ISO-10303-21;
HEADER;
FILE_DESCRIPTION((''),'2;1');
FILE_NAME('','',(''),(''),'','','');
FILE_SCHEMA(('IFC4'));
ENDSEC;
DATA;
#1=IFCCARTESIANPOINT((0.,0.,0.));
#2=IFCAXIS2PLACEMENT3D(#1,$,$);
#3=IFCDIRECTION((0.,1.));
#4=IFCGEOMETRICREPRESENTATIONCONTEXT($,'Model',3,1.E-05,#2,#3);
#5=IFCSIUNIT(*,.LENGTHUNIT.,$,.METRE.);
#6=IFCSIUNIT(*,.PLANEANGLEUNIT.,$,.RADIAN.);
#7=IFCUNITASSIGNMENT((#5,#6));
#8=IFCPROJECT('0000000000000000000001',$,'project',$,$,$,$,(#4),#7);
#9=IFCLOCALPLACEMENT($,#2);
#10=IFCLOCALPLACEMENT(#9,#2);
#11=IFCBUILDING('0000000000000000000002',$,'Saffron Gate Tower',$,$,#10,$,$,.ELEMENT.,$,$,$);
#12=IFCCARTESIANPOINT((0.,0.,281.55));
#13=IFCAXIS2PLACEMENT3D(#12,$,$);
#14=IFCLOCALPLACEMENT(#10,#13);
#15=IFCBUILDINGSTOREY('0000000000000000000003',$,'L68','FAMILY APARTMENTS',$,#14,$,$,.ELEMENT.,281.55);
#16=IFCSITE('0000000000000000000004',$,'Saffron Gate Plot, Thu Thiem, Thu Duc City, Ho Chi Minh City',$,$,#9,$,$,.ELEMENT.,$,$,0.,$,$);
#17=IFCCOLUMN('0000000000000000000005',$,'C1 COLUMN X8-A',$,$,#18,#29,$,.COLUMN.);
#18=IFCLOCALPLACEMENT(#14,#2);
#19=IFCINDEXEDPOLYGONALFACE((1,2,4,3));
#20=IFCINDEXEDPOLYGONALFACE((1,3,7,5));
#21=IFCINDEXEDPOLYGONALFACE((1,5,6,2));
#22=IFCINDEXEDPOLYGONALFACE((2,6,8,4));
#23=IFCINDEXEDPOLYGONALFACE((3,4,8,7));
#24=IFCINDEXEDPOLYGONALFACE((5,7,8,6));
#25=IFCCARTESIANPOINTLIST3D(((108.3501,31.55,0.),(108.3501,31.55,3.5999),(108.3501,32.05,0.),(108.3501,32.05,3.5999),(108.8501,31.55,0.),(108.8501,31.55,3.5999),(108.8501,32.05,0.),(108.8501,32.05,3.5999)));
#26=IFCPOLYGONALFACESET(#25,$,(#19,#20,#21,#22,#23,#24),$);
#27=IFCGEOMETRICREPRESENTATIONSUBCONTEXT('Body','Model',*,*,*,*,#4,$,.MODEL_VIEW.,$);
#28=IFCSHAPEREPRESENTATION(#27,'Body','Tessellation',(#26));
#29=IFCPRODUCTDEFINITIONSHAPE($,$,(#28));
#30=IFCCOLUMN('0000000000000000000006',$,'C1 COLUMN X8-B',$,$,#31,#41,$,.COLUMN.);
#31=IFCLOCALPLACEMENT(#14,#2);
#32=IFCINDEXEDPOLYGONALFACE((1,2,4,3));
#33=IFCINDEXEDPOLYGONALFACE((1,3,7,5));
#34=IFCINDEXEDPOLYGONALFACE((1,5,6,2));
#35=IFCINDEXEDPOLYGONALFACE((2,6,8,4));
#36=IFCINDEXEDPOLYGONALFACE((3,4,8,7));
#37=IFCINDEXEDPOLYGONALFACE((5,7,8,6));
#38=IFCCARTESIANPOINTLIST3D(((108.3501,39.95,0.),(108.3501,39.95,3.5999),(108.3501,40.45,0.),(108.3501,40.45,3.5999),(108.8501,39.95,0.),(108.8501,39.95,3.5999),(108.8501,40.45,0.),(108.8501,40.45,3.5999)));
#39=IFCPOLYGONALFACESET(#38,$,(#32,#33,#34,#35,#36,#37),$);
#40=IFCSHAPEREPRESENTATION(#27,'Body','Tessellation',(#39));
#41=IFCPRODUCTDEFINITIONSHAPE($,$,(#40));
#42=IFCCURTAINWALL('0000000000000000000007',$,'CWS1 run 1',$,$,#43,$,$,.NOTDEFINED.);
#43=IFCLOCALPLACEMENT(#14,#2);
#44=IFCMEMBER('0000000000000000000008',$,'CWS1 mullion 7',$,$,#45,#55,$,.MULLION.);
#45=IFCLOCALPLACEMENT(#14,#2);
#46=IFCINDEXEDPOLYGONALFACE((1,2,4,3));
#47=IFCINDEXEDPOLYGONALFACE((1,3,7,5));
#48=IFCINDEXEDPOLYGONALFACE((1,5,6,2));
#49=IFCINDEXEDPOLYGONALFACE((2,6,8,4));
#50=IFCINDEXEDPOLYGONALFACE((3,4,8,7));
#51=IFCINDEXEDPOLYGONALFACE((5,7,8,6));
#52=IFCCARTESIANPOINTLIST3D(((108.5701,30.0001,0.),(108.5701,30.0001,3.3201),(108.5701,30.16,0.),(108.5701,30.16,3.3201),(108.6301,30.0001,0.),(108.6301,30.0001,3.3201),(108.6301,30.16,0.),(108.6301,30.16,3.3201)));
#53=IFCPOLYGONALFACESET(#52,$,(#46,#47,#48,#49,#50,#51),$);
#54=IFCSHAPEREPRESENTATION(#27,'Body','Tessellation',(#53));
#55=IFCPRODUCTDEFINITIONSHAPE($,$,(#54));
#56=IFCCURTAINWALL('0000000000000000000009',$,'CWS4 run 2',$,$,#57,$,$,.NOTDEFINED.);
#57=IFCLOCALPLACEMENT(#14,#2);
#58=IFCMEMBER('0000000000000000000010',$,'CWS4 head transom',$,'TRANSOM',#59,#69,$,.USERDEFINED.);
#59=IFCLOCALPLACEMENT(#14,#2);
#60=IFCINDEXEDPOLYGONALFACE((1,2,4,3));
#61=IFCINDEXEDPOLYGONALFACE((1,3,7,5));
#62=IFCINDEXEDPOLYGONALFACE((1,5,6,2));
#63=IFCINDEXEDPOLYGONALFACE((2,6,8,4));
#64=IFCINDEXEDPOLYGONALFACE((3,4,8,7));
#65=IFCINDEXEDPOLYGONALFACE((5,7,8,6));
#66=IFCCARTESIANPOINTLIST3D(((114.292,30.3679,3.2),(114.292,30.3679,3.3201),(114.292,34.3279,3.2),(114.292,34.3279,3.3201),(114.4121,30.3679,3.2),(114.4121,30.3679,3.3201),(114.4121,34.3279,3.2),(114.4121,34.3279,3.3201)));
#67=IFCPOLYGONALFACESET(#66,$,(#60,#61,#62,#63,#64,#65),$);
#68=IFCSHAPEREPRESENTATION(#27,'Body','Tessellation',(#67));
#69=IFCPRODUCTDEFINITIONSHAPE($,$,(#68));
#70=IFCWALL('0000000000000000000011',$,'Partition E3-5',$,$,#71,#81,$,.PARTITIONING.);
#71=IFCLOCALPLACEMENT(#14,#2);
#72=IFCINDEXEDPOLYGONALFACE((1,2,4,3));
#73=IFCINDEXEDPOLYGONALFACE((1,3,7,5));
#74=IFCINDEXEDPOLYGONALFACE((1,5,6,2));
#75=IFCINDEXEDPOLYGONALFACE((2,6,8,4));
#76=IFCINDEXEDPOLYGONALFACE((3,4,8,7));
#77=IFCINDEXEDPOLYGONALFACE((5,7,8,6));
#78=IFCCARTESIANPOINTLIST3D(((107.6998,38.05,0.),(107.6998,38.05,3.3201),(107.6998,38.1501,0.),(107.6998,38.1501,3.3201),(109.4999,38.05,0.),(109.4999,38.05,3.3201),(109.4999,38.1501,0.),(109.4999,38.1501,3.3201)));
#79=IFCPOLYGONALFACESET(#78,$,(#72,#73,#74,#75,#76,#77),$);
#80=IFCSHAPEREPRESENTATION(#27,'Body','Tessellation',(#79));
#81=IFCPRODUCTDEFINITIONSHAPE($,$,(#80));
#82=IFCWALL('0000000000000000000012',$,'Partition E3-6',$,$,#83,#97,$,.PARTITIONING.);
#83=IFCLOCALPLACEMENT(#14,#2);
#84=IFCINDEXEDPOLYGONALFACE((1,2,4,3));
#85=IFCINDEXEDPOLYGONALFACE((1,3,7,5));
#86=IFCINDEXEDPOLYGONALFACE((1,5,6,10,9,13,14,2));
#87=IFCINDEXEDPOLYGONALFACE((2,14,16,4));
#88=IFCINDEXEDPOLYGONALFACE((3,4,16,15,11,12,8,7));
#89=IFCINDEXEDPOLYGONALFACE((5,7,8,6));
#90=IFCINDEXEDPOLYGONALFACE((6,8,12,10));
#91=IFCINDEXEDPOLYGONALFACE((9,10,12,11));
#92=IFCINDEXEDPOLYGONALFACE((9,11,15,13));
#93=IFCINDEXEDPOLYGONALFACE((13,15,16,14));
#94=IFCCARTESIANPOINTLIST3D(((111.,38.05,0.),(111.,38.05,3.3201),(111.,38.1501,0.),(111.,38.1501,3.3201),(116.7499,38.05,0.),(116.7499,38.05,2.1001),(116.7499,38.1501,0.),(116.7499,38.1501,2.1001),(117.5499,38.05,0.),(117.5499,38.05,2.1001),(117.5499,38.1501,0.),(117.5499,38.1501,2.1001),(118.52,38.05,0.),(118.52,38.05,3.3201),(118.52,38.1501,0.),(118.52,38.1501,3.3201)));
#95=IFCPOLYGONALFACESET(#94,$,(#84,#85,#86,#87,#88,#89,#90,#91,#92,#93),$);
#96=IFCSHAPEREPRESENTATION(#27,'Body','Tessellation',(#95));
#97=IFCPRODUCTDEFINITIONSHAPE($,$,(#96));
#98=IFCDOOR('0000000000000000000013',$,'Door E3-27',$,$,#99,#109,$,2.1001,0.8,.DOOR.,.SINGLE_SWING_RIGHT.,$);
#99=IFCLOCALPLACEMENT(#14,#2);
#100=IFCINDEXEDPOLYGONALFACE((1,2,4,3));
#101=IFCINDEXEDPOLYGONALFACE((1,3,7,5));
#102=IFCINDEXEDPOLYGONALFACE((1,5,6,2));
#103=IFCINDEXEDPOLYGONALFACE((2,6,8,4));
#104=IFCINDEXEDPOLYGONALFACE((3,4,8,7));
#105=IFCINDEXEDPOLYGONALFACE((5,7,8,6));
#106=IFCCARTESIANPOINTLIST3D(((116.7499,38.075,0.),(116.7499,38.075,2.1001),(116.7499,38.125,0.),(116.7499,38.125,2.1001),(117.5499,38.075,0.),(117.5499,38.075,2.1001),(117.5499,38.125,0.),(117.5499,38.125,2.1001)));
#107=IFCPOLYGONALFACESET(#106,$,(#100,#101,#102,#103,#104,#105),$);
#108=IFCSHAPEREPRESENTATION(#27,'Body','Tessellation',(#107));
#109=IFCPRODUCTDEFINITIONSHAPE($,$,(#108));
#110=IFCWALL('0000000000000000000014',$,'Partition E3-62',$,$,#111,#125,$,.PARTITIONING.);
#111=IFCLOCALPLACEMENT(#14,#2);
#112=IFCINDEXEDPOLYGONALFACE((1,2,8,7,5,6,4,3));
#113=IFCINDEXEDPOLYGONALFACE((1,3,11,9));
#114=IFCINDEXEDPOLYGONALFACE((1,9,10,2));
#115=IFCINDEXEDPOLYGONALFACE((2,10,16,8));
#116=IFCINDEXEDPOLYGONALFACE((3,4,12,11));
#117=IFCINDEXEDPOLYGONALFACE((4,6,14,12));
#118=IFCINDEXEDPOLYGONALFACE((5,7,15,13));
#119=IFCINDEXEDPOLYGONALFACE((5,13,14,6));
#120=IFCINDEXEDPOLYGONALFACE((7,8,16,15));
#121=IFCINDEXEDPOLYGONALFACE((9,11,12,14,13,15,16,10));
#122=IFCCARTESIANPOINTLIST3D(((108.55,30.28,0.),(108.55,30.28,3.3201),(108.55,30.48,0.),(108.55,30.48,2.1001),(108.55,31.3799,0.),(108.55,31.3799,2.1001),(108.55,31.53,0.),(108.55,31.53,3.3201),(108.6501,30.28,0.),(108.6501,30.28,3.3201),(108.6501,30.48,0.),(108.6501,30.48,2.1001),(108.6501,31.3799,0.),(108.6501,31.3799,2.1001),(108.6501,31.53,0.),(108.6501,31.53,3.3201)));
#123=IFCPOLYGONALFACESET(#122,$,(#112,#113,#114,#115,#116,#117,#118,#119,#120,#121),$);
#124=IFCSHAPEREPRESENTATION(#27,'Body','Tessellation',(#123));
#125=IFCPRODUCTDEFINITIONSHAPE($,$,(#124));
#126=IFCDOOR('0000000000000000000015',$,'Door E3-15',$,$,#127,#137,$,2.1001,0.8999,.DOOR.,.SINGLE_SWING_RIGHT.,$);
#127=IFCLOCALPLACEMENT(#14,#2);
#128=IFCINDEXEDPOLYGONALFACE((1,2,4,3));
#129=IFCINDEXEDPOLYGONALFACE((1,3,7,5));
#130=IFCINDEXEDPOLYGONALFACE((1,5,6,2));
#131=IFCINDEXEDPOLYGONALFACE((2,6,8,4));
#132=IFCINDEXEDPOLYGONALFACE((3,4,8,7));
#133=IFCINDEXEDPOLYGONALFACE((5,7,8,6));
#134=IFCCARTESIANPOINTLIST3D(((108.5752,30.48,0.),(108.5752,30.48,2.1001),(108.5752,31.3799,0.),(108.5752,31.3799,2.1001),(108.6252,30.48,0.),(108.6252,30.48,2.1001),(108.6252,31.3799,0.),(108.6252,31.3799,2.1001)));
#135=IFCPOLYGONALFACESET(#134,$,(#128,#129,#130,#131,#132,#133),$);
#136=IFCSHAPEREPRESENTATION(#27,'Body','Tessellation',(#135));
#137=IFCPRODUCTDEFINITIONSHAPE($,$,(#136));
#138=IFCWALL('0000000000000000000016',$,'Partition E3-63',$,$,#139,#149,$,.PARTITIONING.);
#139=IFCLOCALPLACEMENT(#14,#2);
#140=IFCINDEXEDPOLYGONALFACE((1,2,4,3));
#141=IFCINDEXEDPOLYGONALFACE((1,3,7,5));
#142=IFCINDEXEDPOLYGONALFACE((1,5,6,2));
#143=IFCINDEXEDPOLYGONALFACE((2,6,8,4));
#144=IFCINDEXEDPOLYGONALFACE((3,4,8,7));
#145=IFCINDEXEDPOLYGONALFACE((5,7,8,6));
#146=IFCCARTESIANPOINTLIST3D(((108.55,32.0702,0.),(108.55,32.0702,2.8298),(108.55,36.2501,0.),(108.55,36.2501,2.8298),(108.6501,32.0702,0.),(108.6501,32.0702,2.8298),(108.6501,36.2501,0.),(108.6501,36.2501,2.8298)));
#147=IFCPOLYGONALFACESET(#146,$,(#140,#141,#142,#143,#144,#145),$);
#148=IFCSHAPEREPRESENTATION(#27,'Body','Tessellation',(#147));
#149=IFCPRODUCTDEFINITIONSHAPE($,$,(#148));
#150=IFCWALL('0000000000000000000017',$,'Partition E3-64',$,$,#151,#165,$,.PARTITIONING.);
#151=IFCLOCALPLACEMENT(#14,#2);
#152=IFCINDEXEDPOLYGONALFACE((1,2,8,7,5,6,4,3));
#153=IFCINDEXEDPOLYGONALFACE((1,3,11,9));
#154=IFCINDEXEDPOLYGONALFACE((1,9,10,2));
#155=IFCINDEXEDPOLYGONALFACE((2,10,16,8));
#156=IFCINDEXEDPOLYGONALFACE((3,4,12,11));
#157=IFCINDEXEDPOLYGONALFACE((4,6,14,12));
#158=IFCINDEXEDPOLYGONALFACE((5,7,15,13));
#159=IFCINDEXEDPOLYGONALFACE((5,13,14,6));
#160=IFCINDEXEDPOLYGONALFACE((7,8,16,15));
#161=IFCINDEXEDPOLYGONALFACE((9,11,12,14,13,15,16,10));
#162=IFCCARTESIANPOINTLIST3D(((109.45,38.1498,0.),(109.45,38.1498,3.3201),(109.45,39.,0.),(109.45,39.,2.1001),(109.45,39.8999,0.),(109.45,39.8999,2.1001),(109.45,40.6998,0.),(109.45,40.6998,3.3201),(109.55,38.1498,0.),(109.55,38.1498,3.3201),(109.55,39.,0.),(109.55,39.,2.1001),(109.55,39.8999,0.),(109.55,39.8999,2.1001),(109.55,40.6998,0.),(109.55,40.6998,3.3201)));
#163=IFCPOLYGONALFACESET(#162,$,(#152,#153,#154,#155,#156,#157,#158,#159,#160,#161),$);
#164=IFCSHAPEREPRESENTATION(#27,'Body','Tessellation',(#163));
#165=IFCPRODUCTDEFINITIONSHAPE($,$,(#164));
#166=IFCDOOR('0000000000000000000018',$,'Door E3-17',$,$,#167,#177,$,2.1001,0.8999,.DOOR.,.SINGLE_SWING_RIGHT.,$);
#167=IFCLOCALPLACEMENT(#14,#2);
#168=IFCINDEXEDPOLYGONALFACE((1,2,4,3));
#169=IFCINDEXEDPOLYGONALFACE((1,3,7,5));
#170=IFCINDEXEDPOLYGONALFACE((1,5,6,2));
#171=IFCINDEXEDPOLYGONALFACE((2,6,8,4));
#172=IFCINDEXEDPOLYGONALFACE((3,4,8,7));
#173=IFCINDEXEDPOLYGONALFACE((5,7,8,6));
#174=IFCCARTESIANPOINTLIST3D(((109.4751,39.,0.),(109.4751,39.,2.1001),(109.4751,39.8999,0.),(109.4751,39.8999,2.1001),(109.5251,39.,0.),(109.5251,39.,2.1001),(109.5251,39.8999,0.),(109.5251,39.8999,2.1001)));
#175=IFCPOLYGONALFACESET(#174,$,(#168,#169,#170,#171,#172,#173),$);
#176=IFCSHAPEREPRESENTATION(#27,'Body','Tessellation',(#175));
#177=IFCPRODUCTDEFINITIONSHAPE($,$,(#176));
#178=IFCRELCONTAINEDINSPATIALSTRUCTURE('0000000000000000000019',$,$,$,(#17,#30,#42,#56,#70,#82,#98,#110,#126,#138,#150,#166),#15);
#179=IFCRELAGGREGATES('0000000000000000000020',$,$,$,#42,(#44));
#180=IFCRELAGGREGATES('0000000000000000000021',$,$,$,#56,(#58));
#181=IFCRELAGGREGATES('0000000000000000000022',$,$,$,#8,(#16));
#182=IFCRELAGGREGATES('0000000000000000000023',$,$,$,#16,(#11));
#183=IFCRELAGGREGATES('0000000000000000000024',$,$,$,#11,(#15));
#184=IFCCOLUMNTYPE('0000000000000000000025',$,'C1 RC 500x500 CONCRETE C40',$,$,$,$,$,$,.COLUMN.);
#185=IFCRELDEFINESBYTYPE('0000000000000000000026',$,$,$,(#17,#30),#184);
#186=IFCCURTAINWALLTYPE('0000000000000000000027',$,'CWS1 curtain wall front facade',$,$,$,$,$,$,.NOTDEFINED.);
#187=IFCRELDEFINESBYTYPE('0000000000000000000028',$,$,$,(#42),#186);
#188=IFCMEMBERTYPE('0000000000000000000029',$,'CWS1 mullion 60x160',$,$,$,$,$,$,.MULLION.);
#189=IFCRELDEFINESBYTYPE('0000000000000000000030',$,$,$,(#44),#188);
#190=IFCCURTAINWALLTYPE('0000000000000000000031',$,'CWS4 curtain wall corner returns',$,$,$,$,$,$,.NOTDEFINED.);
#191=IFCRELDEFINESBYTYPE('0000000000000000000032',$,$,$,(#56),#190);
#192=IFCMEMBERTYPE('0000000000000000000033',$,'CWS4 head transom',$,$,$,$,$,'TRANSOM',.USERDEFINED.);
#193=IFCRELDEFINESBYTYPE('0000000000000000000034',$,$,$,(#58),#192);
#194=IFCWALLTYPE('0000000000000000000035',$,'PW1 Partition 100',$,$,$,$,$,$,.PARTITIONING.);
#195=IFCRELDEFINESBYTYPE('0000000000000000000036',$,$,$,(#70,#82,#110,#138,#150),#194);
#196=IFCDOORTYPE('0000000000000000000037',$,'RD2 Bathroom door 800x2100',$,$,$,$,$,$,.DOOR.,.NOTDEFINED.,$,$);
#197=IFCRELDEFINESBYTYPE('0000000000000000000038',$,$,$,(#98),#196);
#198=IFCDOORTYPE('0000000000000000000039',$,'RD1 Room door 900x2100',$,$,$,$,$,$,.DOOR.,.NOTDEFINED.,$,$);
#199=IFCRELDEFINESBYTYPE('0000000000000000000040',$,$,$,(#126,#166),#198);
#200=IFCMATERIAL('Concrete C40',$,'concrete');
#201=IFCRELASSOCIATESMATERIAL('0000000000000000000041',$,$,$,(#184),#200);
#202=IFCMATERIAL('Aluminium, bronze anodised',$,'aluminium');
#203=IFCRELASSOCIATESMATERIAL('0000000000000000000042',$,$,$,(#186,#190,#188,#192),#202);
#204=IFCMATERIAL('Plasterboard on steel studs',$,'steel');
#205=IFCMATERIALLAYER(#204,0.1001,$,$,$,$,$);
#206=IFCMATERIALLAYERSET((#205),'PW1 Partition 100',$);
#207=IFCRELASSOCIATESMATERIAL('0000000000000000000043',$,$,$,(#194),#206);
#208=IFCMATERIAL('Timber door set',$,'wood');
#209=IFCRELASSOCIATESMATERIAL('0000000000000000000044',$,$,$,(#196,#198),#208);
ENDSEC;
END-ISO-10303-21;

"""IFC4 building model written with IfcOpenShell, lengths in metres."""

from ifc_helpers import new_model, si_unit, direction, frame, frame_2d, origin, origin_2d, place, context, subcontext, project, spatial, rectangle, extrude, material, layer, layer_set, material_profile, profile_set, type_object, element, fill, aggregate, save


model = new_model("IFC4")

# Units and contexts
model_context = context("Model", 3, precision=1e-05, world=origin(), true_north=direction((0.0, 1.0)))
body_context = subcontext(model_context, "Body", "Model", "MODEL_VIEW")
ifc_project = project(units=[si_unit("LENGTHUNIT", "METRE"), si_unit("PLANEANGLEUNIT", "RADIAN")], contexts=[model_context])

# Site, building, storey
site_placement = place(None, origin())
site = spatial("IfcSite", under=ifc_project, at=site_placement, Name="Saffron Gate Plot, Thu Thiem, Thu Duc City, Ho Chi Minh City", CompositionType="ELEMENT", RefElevation=0.0)
building_placement = place(site_placement, origin())
building = spatial("IfcBuilding", under=site, at=building_placement, Name="Saffron Gate Tower", CompositionType="ELEMENT")
storey_placement = place(building_placement, frame((0.0, 0.0, 281.55)))
storey = spatial("IfcBuildingStorey", under=building, at=storey_placement, Name="L68", Description="FAMILY APARTMENTS", CompositionType="ELEMENT", Elevation=281.55)

# Columns
ifc_material_1 = material(Name="Concrete C40", Category="concrete")
ifc_material_profile_1 = material_profile(ifc_material_1, rectangle(XDim=0.5, YDim=0.5, at=origin_2d()))
ifc_profile_set_1 = profile_set([ifc_material_profile_1], Name="Concrete C40")
column_type = type_object("IfcColumnType", Name="C1 RC 500x500 CONCRETE C40", PredefinedType="COLUMN", material=ifc_profile_set_1)
for number, where, z_axis, x_axis, name in (
    (1, (108.6001, 31.8, 0.0), (0.0, 0.0, 1.0), (1.0, 0.0, 0.0), "C1 COLUMN X8-A"),
    (2, (108.6001, 40.2, 0.0), (0.0, 0.0, 1.0), (1.0, 0.0, 0.0), "C1 COLUMN X8-B"),
):
    element("IfcColumn", number, at=place(storey_placement, frame(where, z_axis=z_axis, x_axis=x_axis)), inside=storey, type_object=column_type, Name=name, PredefinedType="COLUMN", context=body_context, shape_type="SweptSolid", body=[
        extrude(rectangle(XDim=0.5, YDim=0.5, at=origin_2d()), origin(), (0.0, 0.0, 1.0), 3.5999),
    ])

# Curtain walls, members
ifc_material_2 = material(Name="Aluminium, bronze anodised", Category="aluminium")
curtain_wall_type_1 = type_object("IfcCurtainWallType", Name="CWS1 curtain wall front facade", PredefinedType="NOTDEFINED", material=ifc_material_2)
curtain_wall_1_placement = place(storey_placement, origin())
curtain_wall_1 = element("IfcCurtainWall", 3, at=curtain_wall_1_placement, inside=storey, type_object=curtain_wall_type_1, Name="CWS1 run 1", PredefinedType="NOTDEFINED")
ifc_material_profile_2 = material_profile(ifc_material_2, rectangle(XDim=0.1599, YDim=0.0601, at=origin_2d()))
ifc_profile_set_2 = profile_set([ifc_material_profile_2], Name="Aluminium, bronze anodised")
member_type_1 = type_object("IfcMemberType", Name="CWS1 mullion 60x160", PredefinedType="MULLION", material=ifc_profile_set_2)
member_1_placement = place(storey_placement, frame((108.6001, 30.0801, 0.0), z_axis=(0.0, 0.0, 1.0), x_axis=(0.0, 1.0, 0.0)))
member_1 = element("IfcMember", 4, at=member_1_placement, type_object=member_type_1, Name="CWS1 mullion 7", PredefinedType="MULLION", context=body_context, shape_type="SweptSolid", body=[
    extrude(rectangle(XDim=0.1599, YDim=0.0601, at=origin_2d()), origin(), (0.0, 0.0, 1.0), 3.3201),
])
aggregate(curtain_wall_1, [member_1])
curtain_wall_type_2 = type_object("IfcCurtainWallType", Name="CWS4 curtain wall corner returns", PredefinedType="NOTDEFINED", material=ifc_material_2)
curtain_wall_2_placement = place(storey_placement, origin())
curtain_wall_2 = element("IfcCurtainWall", 5, at=curtain_wall_2_placement, inside=storey, type_object=curtain_wall_type_2, Name="CWS4 run 2", PredefinedType="NOTDEFINED")
ifc_material_profile_3 = material_profile(ifc_material_2, rectangle(XDim=0.1201, YDim=0.1201, at=origin_2d()))
ifc_profile_set_3 = profile_set([ifc_material_profile_3], Name="Aluminium, bronze anodised")
member_type_2 = type_object("IfcMemberType", Name="CWS4 head transom", ElementType="TRANSOM", PredefinedType="USERDEFINED", material=ifc_profile_set_3)
member_2_placement = place(storey_placement, frame((114.3521, 30.3679, 3.26), z_axis=(0.0, 1.0, 0.0), x_axis=(-1.0, 0.0, 0.0)))
member_2 = element("IfcMember", 6, at=member_2_placement, type_object=member_type_2, Name="CWS4 head transom", ObjectType="TRANSOM", PredefinedType="USERDEFINED", context=body_context, shape_type="SweptSolid", body=[
    extrude(rectangle(XDim=0.1201, YDim=0.1201, at=origin_2d()), origin(), (0.0, 0.0, 1.0), 3.96),
])
aggregate(curtain_wall_2, [member_2])

# Wall
ifc_material_3 = material(Name="Plasterboard on steel studs", Category="steel")
ifc_layer = layer(ifc_material_3, 0.1001)
ifc_layer_set = layer_set([ifc_layer], Name="PW1 Partition 100")
wall_type = type_object("IfcWallType", Name="PW1 Partition 100", PredefinedType="PARTITIONING", material=ifc_layer_set)
wall_1_placement = place(storey_placement, frame((107.7, 38.1001, 0.0), z_axis=(0.0, 0.0, 1.0), x_axis=(1.0, 0.0, 0.0)))
element("IfcWall", 7, at=wall_1_placement, inside=storey, type_object=wall_type, Name="Partition E3-5", PredefinedType="PARTITIONING", context=body_context, shape_type="SweptSolid", body=[
    extrude(rectangle(XDim=1.8, YDim=0.1001, at=frame_2d((0.8999, 0.0))), origin(), (0.0, 0.0, 1.0), 3.3201),
])

# Walls, openings, doors
wall_2_placement = place(storey_placement, frame((111.0, 38.1001, 0.0), z_axis=(0.0, 0.0, 1.0), x_axis=(1.0, 0.0, 0.0)))
wall_2 = element("IfcWall", 8, at=wall_2_placement, inside=storey, type_object=wall_type, Name="Partition E3-6", PredefinedType="PARTITIONING", context=body_context, shape_type="SweptSolid", body=[
    extrude(rectangle(XDim=7.52, YDim=0.1001, at=frame_2d((3.76, 0.0))), origin(), (0.0, 0.0, 1.0), 3.3201),
])
opening_1_placement = place(wall_2_placement, frame((5.75, 0.0, 0.0)))
opening_1 = element("IfcOpeningElement", 9, at=opening_1_placement, cuts=wall_2, PredefinedType="OPENING", context=body_context, shape_type="SweptSolid", body=[
    extrude(rectangle(XDim=0.8, YDim=2.1001, at=frame_2d((0.3999, 1.05))), frame((0.0, 0.0601, 0.0), z_axis=(0.0, -1.0, 0.0), x_axis=(1.0, 0.0, 0.0)), (0.0, 0.0, 1.0), 0.1201),
])
ifc_material_4 = material(Name="Timber door set", Category="wood")
door_type_1 = type_object("IfcDoorType", Name="RD2 Bathroom door 800x2100", OperationType="NOTDEFINED", PredefinedType="DOOR", material=ifc_material_4)
door_1_placement = place(opening_1_placement, origin())
door_1 = element("IfcDoor", 10, at=door_1_placement, inside=storey, type_object=door_type_1, Name="Door E3-27", OperationType="SINGLE_SWING_RIGHT", OverallHeight=2.1001, OverallWidth=0.8, PredefinedType="DOOR", context=body_context, shape_type="SweptSolid", body=[
    extrude(rectangle(XDim=0.8, YDim=2.1001, at=frame_2d((0.3999, 1.05))), frame((0.0, 0.0249, 0.0), z_axis=(0.0, -1.0, 0.0), x_axis=(1.0, 0.0, 0.0)), (0.0, 0.0, 1.0), 0.05),
])
fill(opening_1, door_1)
wall_3_placement = place(storey_placement, frame((108.6001, 30.28, 0.0), z_axis=(0.0, 0.0, 1.0), x_axis=(0.0, 1.0, 0.0)))
wall_3 = element("IfcWall", 11, at=wall_3_placement, inside=storey, type_object=wall_type, Name="Partition E3-62", PredefinedType="PARTITIONING", context=body_context, shape_type="SweptSolid", body=[
    extrude(rectangle(XDim=1.25, YDim=0.1001, at=frame_2d((0.625, 0.0))), origin(), (0.0, 0.0, 1.0), 3.3201),
])
opening_2_placement = place(wall_3_placement, frame((0.2, 0.0, 0.0)))
opening_2 = element("IfcOpeningElement", 12, at=opening_2_placement, cuts=wall_3, PredefinedType="OPENING", context=body_context, shape_type="SweptSolid", body=[
    extrude(rectangle(XDim=0.8999, YDim=2.1001, at=frame_2d((0.45, 1.05))), frame((0.0, 0.0601, 0.0), z_axis=(0.0, -1.0, 0.0), x_axis=(1.0, 0.0, 0.0)), (0.0, 0.0, 1.0), 0.1201),
])
door_type_2 = type_object("IfcDoorType", Name="RD1 Room door 900x2100", OperationType="NOTDEFINED", PredefinedType="DOOR", material=ifc_material_4)
door_2_placement = place(opening_2_placement, origin())
door_2 = element("IfcDoor", 13, at=door_2_placement, inside=storey, type_object=door_type_2, Name="Door E3-15", OperationType="SINGLE_SWING_RIGHT", OverallHeight=2.1001, OverallWidth=0.8999, PredefinedType="DOOR", context=body_context, shape_type="SweptSolid", body=[
    extrude(rectangle(XDim=0.8999, YDim=2.1001, at=frame_2d((0.45, 1.05))), frame((0.0, 0.0249, 0.0), z_axis=(0.0, -1.0, 0.0), x_axis=(1.0, 0.0, 0.0)), (0.0, 0.0, 1.0), 0.05),
])
fill(opening_2, door_2)

# Wall
wall_4_placement = place(storey_placement, frame((108.6001, 36.25, 0.0), z_axis=(0.0, 0.0, 1.0), x_axis=(0.0, -1.0, 0.0)))
element("IfcWall", 14, at=wall_4_placement, inside=storey, type_object=wall_type, Name="Partition E3-63", PredefinedType="PARTITIONING", context=body_context, shape_type="SweptSolid", body=[
    extrude(rectangle(XDim=4.1799, YDim=0.1001, at=frame_2d((2.0898, 0.0))), origin(), (0.0, 0.0, 1.0), 2.8298),
])

# Wall, opening, door
wall_5_placement = place(storey_placement, frame((109.5, 38.1499, 0.0), z_axis=(0.0, 0.0, 1.0), x_axis=(0.0, 1.0, 0.0)))
wall_5 = element("IfcWall", 15, at=wall_5_placement, inside=storey, type_object=wall_type, Name="Partition E3-64", PredefinedType="PARTITIONING", context=body_context, shape_type="SweptSolid", body=[
    extrude(rectangle(XDim=2.55, YDim=0.1001, at=frame_2d((1.2749, 0.0))), origin(), (0.0, 0.0, 1.0), 3.3201),
])
opening_3_placement = place(wall_5_placement, frame((0.8501, 0.0, 0.0)))
opening_3 = element("IfcOpeningElement", 16, at=opening_3_placement, cuts=wall_5, PredefinedType="OPENING", context=body_context, shape_type="SweptSolid", body=[
    extrude(rectangle(XDim=0.8999, YDim=2.1001, at=frame_2d((0.45, 1.05))), frame((0.0, 0.0601, 0.0), z_axis=(0.0, -1.0, 0.0), x_axis=(1.0, 0.0, 0.0)), (0.0, 0.0, 1.0), 0.1201),
])
door_3_placement = place(opening_3_placement, origin())
door_3 = element("IfcDoor", 17, at=door_3_placement, inside=storey, type_object=door_type_2, Name="Door E3-17", OperationType="SINGLE_SWING_RIGHT", OverallHeight=2.1001, OverallWidth=0.8999, PredefinedType="DOOR", context=body_context, shape_type="SweptSolid", body=[
    extrude(rectangle(XDim=0.8999, YDim=2.1001, at=frame_2d((0.45, 1.05))), frame((0.0, 0.0249, 0.0), z_axis=(0.0, -1.0, 0.0), x_axis=(1.0, 0.0, 0.0)), (0.0, 0.0, 1.0), 0.05),
])
fill(opening_3, door_3)

save(model, "model.ifc")
